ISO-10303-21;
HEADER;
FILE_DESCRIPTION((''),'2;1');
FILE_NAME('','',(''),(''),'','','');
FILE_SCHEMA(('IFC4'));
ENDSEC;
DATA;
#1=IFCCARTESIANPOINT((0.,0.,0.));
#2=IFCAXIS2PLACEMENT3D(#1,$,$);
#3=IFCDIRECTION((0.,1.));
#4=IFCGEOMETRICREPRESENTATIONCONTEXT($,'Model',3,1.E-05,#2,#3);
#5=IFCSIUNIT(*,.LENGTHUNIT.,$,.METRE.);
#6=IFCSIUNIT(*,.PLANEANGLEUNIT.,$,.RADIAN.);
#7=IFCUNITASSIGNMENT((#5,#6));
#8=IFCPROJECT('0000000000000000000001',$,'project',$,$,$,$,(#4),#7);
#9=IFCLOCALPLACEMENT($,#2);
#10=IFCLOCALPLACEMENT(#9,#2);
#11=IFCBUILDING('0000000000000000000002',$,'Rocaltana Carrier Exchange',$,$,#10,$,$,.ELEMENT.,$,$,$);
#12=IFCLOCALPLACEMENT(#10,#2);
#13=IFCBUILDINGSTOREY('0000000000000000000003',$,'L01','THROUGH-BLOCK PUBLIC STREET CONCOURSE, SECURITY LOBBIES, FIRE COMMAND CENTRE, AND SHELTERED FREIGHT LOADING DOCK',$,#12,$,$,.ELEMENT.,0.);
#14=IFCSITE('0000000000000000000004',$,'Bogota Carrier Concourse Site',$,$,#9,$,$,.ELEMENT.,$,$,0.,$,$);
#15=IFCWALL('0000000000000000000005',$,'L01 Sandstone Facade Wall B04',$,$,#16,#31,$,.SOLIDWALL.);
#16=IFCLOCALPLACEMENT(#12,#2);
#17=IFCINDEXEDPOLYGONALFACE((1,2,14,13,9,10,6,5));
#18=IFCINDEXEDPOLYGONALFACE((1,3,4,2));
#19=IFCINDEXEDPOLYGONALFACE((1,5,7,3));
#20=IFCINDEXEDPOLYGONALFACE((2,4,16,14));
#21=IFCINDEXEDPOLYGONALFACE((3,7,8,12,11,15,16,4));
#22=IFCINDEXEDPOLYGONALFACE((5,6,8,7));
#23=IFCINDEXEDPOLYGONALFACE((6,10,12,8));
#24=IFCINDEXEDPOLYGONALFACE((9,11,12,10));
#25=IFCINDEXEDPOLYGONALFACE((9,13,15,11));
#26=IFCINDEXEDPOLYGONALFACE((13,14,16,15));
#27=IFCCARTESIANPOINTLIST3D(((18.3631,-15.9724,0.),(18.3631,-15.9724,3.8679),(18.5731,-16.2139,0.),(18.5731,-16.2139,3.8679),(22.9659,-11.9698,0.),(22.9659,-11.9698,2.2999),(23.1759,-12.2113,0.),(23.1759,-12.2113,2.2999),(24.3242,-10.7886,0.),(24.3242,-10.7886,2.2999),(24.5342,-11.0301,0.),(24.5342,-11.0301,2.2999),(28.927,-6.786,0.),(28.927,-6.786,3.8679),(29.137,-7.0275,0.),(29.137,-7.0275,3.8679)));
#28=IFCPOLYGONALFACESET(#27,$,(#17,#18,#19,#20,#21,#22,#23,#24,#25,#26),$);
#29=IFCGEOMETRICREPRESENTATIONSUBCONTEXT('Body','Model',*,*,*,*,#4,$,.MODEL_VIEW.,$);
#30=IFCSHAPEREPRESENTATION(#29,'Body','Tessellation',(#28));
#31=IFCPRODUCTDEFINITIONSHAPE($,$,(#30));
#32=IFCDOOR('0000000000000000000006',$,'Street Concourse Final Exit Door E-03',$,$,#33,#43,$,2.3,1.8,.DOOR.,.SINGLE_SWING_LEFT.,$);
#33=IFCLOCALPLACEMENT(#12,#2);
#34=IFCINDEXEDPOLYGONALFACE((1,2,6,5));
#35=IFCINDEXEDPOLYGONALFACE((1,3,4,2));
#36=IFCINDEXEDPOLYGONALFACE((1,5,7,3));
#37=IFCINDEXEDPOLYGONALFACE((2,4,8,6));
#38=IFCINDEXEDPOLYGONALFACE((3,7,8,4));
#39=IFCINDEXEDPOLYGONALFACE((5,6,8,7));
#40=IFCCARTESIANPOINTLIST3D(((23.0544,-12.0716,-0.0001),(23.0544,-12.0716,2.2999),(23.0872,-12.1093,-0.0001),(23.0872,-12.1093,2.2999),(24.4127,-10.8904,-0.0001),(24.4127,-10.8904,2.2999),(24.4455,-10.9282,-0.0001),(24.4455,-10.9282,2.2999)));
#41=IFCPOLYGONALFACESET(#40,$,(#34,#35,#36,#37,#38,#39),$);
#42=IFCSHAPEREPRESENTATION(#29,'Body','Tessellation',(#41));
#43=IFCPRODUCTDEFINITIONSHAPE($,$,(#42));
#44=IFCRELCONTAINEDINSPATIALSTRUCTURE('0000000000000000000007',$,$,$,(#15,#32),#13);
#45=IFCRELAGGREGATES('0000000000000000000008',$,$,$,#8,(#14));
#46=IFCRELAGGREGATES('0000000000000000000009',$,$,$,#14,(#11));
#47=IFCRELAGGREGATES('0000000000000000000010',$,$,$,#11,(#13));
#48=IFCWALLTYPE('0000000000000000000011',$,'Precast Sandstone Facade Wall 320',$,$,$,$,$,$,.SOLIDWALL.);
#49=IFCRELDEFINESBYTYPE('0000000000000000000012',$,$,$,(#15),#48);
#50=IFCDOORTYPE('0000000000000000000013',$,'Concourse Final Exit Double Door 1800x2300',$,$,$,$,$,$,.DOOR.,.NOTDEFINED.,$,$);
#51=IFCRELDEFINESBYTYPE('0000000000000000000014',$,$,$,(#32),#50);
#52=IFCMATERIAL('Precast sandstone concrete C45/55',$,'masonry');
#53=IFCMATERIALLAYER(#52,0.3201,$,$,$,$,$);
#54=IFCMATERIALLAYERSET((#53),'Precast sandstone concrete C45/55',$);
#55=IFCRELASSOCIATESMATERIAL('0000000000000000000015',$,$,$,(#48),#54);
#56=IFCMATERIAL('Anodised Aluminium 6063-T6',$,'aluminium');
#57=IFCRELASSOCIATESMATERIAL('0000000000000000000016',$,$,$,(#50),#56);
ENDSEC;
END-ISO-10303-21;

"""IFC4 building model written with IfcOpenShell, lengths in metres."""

from ifc_helpers import new_model, si_unit, direction, frame, frame_2d, origin, place, context, subcontext, project, spatial, rectangle, extrude, material, layer, layer_set, type_object, element, fill, save


model = new_model("IFC4")

# Units and contexts
model_context = context("Model", 3, precision=1e-05, world=origin(), true_north=direction((0.0, 1.0)))
body_context = subcontext(model_context, "Body", "Model", "MODEL_VIEW")
ifc_project = project(units=[si_unit("LENGTHUNIT", "METRE"), si_unit("PLANEANGLEUNIT", "RADIAN")], contexts=[model_context])

# Site, building, storey
site_placement = place(None, origin())
site = spatial("IfcSite", under=ifc_project, at=site_placement, Name="Bogota Carrier Concourse Site", CompositionType="ELEMENT", RefElevation=0.0)
building_placement = place(site_placement, origin())
building = spatial("IfcBuilding", under=site, at=building_placement, Name="Rocaltana Carrier Exchange", CompositionType="ELEMENT")
storey_placement = place(building_placement, origin())
storey = spatial("IfcBuildingStorey", under=building, at=storey_placement, Name="L01", Description="THROUGH-BLOCK PUBLIC STREET CONCOURSE, SECURITY LOBBIES, FIRE COMMAND CENTRE, AND SHELTERED FREIGHT LOADING DOCK", CompositionType="ELEMENT", Elevation=0.0)

# Shared definitions
ifc_material_1 = material(Name="Precast sandstone concrete C45/55", Category="masonry")
ifc_layer_1 = layer(ifc_material_1, 0.3201)
ifc_layer_set_1 = layer_set([ifc_layer_1], Name="Precast sandstone concrete C45/55")
wall_type_1 = type_object("IfcWallType", Name="Precast Sandstone Facade Wall 320", PredefinedType="SOLIDWALL", material=ifc_layer_set_1)

# Wall, opening, door
wall_1_placement = place(storey_placement, frame((29.032, -6.9067, 0.0), z_axis=(0.0, 0.0, 1.0), x_axis=(-0.754589, -0.656198, 0.0)))
wall_1 = element("IfcWall", 1, at=wall_1_placement, inside=storey, type_object=wall_type_1, Name="L01 Sandstone Facade Wall B04", PredefinedType="SOLIDWALL", context=body_context, shape_type="SweptSolid", body=[
    extrude(rectangle(XDim=13.9995, YDim=0.3201, at=frame_2d((6.9998, 0.0))), origin(), (0.0, 0.0, 1.0), 3.8679),
])
opening_1_placement = place(wall_1_placement, frame((6.0999, 0.0, 0.0)))
opening_1 = element("IfcOpeningElement", 2, at=opening_1_placement, cuts=wall_1, PredefinedType="OPENING", context=body_context, shape_type="SweptSolid", body=[
    extrude(rectangle(XDim=1.8, YDim=2.3, at=frame_2d((0.8999, 1.1499))), frame((0.0, 0.1699, 0.0), z_axis=(0.0, -1.0, 0.0), x_axis=(1.0, 0.0, 0.0)), (0.0, 0.0, 1.0), 0.3401),
])
ifc_material_2 = material(Name="Anodised Aluminium 6063-T6", Category="aluminium")
door_type_1 = type_object("IfcDoorType", Name="Concourse Final Exit Double Door 1800x2300", OperationType="NOTDEFINED", PredefinedType="DOOR", material=ifc_material_2)
door_1_placement = place(opening_1_placement, origin())
door_1 = element("IfcDoor", 3, at=door_1_placement, inside=storey, type_object=door_type_1, Name="Street Concourse Final Exit Door E-03", OperationType="SINGLE_SWING_LEFT", OverallHeight=2.3, OverallWidth=1.8, PredefinedType="DOOR", context=body_context, shape_type="SweptSolid", body=[
    extrude(rectangle(XDim=1.8, YDim=2.3, at=frame_2d((0.8999, 1.1499))), frame((0.0, 0.0249, 0.0), z_axis=(0.0, -1.0, 0.0), x_axis=(1.0, 0.0, 0.0)), (0.0, 0.0, 1.0), 0.05),
])
fill(opening_1, door_1)

save(model, "model.ifc")
